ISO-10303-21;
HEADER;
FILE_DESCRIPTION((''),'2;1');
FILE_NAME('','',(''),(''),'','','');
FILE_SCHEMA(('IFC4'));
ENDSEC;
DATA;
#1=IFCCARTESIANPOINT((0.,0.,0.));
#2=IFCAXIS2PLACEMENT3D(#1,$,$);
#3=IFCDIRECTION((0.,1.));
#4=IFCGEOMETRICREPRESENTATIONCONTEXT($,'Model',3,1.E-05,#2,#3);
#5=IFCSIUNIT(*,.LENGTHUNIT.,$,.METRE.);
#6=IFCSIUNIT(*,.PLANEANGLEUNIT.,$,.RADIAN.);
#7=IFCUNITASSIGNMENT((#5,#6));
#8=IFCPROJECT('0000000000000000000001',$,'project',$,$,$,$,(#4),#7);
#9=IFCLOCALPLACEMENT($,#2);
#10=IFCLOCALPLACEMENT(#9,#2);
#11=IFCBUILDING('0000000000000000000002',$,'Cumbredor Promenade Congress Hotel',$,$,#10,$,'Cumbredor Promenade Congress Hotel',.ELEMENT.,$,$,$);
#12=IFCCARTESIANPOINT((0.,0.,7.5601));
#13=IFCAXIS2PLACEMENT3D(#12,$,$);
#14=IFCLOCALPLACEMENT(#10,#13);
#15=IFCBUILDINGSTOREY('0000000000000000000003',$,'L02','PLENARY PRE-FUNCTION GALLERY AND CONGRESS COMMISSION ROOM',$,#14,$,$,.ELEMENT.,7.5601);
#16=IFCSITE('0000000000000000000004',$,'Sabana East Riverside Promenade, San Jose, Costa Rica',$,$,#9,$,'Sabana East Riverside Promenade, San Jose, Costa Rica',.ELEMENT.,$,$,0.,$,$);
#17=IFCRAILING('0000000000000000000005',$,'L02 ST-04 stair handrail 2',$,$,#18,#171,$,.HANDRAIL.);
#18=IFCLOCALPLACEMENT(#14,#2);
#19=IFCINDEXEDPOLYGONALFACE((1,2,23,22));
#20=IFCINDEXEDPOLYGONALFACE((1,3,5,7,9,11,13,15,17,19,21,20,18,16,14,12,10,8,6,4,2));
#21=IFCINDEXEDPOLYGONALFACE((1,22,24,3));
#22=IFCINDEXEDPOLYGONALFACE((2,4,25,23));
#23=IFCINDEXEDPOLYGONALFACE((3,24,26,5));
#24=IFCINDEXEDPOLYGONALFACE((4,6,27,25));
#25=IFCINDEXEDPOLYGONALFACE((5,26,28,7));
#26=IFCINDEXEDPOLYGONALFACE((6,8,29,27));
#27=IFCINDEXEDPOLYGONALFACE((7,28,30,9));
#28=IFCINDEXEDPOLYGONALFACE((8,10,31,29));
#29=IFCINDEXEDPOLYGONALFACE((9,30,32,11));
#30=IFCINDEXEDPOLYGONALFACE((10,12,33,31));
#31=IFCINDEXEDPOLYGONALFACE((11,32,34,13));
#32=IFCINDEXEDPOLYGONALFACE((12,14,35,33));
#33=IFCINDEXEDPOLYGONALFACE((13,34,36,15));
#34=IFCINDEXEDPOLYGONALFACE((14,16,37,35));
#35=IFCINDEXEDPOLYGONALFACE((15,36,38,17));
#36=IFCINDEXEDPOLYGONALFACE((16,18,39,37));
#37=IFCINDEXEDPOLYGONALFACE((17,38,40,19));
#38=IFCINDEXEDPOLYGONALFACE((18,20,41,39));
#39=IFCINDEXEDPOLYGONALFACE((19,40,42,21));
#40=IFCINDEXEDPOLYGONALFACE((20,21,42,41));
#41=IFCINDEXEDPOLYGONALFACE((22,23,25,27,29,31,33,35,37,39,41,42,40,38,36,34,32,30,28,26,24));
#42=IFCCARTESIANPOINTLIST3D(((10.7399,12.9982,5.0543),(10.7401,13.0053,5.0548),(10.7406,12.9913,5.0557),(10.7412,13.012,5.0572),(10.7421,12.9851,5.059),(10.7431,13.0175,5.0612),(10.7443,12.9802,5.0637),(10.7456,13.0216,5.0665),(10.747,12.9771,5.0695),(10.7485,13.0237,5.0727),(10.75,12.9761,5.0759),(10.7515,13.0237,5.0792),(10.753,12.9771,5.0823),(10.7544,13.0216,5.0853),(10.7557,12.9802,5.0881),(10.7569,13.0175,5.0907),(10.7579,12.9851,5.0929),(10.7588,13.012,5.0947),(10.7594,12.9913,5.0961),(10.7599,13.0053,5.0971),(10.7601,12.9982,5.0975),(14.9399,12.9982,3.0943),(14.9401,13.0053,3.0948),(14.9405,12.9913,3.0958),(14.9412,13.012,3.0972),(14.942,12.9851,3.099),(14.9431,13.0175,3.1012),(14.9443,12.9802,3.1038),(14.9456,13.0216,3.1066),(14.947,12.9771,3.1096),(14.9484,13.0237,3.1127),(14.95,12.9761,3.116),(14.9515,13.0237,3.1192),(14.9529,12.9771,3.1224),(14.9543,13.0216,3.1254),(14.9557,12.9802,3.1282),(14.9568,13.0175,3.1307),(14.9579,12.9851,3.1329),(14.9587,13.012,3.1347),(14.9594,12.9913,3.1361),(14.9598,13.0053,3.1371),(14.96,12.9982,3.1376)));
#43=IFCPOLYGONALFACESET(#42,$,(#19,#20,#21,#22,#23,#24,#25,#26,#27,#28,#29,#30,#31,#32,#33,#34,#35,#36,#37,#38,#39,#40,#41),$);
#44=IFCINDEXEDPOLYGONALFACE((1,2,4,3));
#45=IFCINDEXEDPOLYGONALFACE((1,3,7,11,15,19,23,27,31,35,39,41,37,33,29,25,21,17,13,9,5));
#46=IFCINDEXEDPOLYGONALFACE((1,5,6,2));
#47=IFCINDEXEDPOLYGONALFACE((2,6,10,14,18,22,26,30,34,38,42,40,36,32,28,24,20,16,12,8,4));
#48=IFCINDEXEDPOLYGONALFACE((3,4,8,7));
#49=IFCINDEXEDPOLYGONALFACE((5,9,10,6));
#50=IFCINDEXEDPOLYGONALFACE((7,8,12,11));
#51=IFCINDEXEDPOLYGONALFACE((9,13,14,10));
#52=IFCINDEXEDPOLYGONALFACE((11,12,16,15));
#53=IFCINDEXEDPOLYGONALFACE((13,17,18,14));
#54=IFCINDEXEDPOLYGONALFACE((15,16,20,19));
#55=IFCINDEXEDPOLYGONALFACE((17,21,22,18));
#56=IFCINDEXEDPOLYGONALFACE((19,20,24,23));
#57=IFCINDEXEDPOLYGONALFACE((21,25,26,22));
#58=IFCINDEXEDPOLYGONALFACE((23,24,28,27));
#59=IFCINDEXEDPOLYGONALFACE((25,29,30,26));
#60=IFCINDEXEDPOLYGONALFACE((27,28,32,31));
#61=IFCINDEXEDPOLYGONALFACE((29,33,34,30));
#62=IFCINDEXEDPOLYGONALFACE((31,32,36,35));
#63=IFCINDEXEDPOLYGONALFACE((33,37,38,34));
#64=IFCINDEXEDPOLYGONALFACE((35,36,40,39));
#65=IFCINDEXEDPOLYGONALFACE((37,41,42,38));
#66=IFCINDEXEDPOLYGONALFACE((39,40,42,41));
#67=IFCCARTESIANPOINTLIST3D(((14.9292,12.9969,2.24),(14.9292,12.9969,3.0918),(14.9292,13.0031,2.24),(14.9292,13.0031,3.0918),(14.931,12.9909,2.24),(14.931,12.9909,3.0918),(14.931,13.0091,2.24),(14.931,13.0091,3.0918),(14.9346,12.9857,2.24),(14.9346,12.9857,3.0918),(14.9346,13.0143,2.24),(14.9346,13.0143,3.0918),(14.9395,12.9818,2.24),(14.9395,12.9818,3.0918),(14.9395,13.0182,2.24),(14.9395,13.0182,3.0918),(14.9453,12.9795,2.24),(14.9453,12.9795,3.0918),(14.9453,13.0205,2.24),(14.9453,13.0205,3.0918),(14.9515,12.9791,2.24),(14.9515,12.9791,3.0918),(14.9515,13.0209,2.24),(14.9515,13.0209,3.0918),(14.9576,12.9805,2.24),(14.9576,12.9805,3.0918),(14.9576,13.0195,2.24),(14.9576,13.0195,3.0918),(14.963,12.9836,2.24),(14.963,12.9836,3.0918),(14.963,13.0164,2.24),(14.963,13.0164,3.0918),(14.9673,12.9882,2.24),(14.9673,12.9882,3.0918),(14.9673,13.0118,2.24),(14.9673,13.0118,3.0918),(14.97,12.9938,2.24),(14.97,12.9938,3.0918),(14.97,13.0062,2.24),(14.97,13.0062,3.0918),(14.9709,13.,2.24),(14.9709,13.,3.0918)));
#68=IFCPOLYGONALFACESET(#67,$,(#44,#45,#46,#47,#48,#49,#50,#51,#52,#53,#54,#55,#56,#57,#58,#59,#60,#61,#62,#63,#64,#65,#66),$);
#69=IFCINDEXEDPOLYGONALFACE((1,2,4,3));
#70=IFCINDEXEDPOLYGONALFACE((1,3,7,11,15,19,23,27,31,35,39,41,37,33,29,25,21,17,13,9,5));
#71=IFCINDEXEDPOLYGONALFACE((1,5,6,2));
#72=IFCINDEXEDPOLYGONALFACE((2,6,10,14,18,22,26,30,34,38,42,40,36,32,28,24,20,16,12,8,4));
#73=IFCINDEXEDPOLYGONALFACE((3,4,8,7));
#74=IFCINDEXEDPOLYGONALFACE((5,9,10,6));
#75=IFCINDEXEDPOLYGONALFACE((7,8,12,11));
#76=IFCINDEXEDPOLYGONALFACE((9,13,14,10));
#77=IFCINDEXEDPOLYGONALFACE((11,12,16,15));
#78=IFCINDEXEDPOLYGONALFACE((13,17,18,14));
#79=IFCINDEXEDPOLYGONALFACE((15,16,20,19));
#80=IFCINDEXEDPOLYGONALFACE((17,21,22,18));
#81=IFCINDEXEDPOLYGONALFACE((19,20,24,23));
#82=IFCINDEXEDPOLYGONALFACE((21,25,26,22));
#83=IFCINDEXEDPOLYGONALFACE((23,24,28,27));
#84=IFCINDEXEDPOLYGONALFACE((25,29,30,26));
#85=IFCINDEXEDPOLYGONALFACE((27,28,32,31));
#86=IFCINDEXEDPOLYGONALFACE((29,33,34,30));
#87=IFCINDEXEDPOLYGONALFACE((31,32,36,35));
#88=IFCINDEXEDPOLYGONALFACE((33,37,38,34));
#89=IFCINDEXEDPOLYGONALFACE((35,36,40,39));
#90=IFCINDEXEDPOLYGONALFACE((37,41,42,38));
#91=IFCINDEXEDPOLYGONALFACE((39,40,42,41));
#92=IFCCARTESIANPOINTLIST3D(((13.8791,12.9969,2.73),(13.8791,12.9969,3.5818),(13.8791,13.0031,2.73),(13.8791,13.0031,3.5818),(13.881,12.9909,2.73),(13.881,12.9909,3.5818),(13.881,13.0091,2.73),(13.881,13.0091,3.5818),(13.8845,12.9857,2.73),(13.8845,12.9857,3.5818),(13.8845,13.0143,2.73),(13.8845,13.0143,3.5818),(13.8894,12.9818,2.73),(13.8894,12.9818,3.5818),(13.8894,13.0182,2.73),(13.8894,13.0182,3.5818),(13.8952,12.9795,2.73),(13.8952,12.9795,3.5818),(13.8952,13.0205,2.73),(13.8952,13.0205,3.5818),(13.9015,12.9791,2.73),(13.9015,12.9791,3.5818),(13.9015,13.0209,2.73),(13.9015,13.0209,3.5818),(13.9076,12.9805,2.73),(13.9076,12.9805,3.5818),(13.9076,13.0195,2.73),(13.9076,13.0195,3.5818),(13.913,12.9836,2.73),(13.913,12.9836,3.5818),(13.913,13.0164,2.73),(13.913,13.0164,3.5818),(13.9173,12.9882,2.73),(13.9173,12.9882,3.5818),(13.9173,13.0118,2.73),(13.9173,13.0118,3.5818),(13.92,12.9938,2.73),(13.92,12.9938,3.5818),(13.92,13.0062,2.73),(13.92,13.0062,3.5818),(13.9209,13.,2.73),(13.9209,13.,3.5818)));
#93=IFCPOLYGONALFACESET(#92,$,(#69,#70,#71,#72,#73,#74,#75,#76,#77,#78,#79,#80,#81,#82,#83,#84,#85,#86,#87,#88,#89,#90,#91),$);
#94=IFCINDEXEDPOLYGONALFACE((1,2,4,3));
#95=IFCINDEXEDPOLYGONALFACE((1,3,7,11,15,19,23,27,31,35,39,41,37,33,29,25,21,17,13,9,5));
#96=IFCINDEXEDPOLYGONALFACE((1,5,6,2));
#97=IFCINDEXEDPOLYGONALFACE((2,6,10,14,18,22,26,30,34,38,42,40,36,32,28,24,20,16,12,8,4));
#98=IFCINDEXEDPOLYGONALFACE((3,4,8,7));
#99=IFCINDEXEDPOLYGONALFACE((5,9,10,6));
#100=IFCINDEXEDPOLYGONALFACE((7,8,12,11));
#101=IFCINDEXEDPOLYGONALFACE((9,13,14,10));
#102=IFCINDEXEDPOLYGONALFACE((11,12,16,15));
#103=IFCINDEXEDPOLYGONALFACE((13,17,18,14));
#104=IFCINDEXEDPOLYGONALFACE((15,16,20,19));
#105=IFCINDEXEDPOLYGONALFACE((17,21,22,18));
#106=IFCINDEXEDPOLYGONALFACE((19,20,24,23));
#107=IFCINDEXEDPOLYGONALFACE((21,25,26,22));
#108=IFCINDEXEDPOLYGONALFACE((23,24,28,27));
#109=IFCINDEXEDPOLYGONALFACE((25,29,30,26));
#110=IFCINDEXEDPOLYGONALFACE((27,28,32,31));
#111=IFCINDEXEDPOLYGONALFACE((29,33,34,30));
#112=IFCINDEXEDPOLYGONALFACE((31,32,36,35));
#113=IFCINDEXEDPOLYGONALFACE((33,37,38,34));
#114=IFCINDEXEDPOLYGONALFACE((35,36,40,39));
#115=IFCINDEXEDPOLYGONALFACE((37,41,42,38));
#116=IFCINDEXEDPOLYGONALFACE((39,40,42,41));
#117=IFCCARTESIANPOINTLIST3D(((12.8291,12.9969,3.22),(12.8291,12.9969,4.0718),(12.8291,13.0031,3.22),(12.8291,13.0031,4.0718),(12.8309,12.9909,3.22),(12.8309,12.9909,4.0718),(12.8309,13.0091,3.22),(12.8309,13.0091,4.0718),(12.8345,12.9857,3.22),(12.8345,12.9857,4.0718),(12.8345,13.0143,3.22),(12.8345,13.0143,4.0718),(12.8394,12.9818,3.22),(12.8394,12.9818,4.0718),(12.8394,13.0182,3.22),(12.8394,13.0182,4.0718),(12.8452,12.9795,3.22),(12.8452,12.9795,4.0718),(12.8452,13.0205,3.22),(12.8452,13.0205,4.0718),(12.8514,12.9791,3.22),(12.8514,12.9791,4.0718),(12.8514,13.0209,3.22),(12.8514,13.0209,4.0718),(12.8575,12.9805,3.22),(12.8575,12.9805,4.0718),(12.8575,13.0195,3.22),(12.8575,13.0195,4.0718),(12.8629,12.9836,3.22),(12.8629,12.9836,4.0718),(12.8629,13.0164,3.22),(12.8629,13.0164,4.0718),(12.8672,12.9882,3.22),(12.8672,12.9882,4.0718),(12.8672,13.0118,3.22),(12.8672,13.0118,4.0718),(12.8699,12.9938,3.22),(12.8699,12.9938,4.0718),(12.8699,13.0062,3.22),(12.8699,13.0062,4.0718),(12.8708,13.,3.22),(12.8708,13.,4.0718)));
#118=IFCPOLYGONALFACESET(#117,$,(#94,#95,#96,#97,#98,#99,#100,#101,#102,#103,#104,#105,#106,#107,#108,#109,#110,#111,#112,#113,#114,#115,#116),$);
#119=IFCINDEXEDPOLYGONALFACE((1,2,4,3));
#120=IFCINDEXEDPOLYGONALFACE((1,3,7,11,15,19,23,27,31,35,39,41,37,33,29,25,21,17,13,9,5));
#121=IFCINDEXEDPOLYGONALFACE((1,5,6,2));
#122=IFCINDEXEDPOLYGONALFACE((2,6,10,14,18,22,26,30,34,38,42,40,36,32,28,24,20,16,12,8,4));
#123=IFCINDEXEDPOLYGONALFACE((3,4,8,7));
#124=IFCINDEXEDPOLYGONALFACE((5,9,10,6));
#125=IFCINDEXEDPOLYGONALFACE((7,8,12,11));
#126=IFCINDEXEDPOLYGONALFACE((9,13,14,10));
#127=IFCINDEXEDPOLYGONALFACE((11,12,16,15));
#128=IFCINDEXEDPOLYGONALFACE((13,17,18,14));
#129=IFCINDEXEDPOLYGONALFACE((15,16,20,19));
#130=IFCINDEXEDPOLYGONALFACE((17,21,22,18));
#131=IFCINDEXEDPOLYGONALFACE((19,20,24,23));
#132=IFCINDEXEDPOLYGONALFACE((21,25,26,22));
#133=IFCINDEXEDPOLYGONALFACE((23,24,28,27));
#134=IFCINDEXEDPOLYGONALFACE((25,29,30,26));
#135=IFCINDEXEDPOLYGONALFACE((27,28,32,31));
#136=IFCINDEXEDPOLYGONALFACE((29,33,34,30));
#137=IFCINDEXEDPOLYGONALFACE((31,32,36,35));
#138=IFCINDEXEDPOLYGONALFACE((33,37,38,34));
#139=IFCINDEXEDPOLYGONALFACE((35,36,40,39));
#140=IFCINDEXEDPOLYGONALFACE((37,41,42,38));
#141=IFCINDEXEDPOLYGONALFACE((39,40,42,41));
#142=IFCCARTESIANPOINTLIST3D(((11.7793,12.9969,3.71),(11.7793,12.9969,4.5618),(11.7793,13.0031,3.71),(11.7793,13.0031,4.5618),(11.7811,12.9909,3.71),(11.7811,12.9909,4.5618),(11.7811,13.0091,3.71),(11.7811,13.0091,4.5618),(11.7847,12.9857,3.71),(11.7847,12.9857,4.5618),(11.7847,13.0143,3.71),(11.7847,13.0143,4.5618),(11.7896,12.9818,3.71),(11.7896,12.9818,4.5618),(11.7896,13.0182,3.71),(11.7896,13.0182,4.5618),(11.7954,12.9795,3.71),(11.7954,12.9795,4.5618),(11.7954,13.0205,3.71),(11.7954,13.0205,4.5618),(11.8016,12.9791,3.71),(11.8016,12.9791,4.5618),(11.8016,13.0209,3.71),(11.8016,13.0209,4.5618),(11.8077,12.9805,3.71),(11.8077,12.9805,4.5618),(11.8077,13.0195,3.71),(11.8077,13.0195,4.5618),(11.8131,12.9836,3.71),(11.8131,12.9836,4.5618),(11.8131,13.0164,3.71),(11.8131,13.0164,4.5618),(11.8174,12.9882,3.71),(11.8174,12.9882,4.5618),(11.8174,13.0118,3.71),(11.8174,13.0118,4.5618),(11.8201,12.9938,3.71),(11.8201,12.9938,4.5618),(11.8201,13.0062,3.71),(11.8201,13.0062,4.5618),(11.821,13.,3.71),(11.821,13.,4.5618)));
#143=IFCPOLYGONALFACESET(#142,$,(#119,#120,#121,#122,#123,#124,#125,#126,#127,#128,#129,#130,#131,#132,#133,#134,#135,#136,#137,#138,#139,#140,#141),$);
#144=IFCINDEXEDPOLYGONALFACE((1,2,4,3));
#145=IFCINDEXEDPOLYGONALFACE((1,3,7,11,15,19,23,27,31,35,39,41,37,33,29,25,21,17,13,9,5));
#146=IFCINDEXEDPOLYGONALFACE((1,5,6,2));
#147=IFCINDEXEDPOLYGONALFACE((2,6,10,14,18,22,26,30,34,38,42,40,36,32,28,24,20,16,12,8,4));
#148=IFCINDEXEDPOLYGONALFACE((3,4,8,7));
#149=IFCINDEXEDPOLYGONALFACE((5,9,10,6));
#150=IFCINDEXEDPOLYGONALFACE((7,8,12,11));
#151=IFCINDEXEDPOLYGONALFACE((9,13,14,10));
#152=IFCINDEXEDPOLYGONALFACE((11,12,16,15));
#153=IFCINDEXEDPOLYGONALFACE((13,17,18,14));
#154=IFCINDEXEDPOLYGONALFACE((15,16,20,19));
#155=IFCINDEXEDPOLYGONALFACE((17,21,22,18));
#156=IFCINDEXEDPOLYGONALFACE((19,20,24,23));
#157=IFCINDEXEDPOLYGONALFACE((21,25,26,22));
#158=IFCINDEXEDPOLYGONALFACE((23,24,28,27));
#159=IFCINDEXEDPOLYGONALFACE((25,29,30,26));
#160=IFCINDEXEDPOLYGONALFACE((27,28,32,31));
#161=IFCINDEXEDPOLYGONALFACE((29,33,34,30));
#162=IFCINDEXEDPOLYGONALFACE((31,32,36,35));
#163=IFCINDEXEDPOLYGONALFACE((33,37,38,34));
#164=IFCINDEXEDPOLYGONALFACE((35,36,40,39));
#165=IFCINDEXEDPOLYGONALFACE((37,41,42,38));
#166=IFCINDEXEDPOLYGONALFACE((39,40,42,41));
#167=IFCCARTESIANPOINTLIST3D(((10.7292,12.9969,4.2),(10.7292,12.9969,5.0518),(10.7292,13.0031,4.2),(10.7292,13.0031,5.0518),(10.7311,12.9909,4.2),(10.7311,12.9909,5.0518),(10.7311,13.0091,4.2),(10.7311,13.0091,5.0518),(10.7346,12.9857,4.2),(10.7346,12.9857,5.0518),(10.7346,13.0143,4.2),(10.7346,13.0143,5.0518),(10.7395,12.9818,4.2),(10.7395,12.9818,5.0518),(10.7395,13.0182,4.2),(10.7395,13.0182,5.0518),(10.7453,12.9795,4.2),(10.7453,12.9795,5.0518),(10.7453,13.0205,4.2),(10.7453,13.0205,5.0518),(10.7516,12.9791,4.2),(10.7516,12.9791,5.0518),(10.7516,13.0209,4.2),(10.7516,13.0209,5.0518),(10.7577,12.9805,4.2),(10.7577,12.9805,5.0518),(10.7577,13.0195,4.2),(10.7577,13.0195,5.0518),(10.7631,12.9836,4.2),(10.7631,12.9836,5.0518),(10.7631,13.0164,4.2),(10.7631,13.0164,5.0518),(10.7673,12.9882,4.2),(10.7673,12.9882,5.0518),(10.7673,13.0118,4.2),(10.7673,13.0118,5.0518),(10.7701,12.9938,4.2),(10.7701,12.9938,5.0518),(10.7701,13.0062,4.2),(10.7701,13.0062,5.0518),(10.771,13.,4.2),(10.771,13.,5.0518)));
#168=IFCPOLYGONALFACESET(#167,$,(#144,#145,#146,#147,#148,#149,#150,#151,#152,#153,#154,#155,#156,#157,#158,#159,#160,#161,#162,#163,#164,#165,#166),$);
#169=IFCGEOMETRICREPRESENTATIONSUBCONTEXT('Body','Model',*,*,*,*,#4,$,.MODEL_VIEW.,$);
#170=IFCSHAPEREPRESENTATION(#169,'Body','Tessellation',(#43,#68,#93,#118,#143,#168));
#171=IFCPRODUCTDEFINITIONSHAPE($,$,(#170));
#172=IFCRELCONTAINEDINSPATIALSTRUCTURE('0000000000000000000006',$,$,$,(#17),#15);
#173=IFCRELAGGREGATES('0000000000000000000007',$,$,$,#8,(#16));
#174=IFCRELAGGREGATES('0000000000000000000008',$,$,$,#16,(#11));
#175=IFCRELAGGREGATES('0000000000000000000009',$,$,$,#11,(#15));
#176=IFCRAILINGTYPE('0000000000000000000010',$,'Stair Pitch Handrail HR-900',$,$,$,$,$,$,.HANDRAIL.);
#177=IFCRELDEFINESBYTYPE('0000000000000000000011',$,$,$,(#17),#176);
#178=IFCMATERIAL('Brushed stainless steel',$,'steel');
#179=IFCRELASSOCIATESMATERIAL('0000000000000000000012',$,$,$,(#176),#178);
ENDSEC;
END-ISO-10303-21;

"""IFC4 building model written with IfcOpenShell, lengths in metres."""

from ifc_helpers import new_model, si_unit, direction, frame, origin, origin_2d, place, context, subcontext, project, spatial, circle, extrude, material, type_object, element, save


model = new_model("IFC4")

# Units and contexts
model_context = context("Model", 3, precision=1e-05, world=origin(), true_north=direction((0.0, 1.0)))
body_context = subcontext(model_context, "Body", "Model", "MODEL_VIEW")
ifc_project = project(units=[si_unit("LENGTHUNIT", "METRE"), si_unit("PLANEANGLEUNIT", "RADIAN")], contexts=[model_context])

# Site, building, storey
site_placement = place(None, origin())
site = spatial("IfcSite", under=ifc_project, at=site_placement, Name="Sabana East Riverside Promenade, San Jose, Costa Rica", LongName="Sabana East Riverside Promenade, San Jose, Costa Rica", CompositionType="ELEMENT", RefElevation=0.0)
building_placement = place(site_placement, origin())
building = spatial("IfcBuilding", under=site, at=building_placement, Name="Cumbredor Promenade Congress Hotel", LongName="Cumbredor Promenade Congress Hotel", CompositionType="ELEMENT")
storey_placement = place(building_placement, frame((0.0, 0.0, 7.5601)))
storey = spatial("IfcBuildingStorey", under=building, at=storey_placement, Name="L02", Description="PLENARY PRE-FUNCTION GALLERY AND CONGRESS COMMISSION ROOM", CompositionType="ELEMENT", Elevation=7.5601)

# Shared definitions
ifc_material_1 = material(Name="Brushed stainless steel", Category="steel")

# Railing
railing_type_1 = type_object("IfcRailingType", Name="Stair Pitch Handrail HR-900", PredefinedType="HANDRAIL", material=ifc_material_1)
railing_1_placement = place(storey_placement, frame((14.95, 13.0, 2.24)))
element("IfcRailing", 1, at=railing_1_placement, inside=storey, type_object=railing_type_1, Name="L02 ST-04 stair handrail 2", PredefinedType="HANDRAIL", context=body_context, shape_type="SweptSolid", body=[
    extrude(circle(Radius=0.0239, at=origin_2d()), frame((0.0, 0.0, 0.876), z_axis=(-0.906184, 0.0, 0.422883), x_axis=(0.0, -1.0, 0.0)), (0.0, 0.0, 1.0), 4.6348),
    extrude(circle(Radius=0.021, at=origin_2d()), origin(), (0.0, 0.0, 1.0), 0.8518),
    extrude(circle(Radius=0.021, at=origin_2d()), frame((-1.05, 0.0, 0.49)), (0.0, 0.0, 1.0), 0.8518),
    extrude(circle(Radius=0.021, at=origin_2d()), frame((-2.1001, 0.0, 0.98)), (0.0, 0.0, 1.0), 0.8518),
    extrude(circle(Radius=0.021, at=origin_2d()), frame((-3.1499, 0.0, 1.47)), (0.0, 0.0, 1.0), 0.8518),
    extrude(circle(Radius=0.021, at=origin_2d()), frame((-4.2, 0.0, 1.96)), (0.0, 0.0, 1.0), 0.8518),
])

save(model, "model.ifc")
